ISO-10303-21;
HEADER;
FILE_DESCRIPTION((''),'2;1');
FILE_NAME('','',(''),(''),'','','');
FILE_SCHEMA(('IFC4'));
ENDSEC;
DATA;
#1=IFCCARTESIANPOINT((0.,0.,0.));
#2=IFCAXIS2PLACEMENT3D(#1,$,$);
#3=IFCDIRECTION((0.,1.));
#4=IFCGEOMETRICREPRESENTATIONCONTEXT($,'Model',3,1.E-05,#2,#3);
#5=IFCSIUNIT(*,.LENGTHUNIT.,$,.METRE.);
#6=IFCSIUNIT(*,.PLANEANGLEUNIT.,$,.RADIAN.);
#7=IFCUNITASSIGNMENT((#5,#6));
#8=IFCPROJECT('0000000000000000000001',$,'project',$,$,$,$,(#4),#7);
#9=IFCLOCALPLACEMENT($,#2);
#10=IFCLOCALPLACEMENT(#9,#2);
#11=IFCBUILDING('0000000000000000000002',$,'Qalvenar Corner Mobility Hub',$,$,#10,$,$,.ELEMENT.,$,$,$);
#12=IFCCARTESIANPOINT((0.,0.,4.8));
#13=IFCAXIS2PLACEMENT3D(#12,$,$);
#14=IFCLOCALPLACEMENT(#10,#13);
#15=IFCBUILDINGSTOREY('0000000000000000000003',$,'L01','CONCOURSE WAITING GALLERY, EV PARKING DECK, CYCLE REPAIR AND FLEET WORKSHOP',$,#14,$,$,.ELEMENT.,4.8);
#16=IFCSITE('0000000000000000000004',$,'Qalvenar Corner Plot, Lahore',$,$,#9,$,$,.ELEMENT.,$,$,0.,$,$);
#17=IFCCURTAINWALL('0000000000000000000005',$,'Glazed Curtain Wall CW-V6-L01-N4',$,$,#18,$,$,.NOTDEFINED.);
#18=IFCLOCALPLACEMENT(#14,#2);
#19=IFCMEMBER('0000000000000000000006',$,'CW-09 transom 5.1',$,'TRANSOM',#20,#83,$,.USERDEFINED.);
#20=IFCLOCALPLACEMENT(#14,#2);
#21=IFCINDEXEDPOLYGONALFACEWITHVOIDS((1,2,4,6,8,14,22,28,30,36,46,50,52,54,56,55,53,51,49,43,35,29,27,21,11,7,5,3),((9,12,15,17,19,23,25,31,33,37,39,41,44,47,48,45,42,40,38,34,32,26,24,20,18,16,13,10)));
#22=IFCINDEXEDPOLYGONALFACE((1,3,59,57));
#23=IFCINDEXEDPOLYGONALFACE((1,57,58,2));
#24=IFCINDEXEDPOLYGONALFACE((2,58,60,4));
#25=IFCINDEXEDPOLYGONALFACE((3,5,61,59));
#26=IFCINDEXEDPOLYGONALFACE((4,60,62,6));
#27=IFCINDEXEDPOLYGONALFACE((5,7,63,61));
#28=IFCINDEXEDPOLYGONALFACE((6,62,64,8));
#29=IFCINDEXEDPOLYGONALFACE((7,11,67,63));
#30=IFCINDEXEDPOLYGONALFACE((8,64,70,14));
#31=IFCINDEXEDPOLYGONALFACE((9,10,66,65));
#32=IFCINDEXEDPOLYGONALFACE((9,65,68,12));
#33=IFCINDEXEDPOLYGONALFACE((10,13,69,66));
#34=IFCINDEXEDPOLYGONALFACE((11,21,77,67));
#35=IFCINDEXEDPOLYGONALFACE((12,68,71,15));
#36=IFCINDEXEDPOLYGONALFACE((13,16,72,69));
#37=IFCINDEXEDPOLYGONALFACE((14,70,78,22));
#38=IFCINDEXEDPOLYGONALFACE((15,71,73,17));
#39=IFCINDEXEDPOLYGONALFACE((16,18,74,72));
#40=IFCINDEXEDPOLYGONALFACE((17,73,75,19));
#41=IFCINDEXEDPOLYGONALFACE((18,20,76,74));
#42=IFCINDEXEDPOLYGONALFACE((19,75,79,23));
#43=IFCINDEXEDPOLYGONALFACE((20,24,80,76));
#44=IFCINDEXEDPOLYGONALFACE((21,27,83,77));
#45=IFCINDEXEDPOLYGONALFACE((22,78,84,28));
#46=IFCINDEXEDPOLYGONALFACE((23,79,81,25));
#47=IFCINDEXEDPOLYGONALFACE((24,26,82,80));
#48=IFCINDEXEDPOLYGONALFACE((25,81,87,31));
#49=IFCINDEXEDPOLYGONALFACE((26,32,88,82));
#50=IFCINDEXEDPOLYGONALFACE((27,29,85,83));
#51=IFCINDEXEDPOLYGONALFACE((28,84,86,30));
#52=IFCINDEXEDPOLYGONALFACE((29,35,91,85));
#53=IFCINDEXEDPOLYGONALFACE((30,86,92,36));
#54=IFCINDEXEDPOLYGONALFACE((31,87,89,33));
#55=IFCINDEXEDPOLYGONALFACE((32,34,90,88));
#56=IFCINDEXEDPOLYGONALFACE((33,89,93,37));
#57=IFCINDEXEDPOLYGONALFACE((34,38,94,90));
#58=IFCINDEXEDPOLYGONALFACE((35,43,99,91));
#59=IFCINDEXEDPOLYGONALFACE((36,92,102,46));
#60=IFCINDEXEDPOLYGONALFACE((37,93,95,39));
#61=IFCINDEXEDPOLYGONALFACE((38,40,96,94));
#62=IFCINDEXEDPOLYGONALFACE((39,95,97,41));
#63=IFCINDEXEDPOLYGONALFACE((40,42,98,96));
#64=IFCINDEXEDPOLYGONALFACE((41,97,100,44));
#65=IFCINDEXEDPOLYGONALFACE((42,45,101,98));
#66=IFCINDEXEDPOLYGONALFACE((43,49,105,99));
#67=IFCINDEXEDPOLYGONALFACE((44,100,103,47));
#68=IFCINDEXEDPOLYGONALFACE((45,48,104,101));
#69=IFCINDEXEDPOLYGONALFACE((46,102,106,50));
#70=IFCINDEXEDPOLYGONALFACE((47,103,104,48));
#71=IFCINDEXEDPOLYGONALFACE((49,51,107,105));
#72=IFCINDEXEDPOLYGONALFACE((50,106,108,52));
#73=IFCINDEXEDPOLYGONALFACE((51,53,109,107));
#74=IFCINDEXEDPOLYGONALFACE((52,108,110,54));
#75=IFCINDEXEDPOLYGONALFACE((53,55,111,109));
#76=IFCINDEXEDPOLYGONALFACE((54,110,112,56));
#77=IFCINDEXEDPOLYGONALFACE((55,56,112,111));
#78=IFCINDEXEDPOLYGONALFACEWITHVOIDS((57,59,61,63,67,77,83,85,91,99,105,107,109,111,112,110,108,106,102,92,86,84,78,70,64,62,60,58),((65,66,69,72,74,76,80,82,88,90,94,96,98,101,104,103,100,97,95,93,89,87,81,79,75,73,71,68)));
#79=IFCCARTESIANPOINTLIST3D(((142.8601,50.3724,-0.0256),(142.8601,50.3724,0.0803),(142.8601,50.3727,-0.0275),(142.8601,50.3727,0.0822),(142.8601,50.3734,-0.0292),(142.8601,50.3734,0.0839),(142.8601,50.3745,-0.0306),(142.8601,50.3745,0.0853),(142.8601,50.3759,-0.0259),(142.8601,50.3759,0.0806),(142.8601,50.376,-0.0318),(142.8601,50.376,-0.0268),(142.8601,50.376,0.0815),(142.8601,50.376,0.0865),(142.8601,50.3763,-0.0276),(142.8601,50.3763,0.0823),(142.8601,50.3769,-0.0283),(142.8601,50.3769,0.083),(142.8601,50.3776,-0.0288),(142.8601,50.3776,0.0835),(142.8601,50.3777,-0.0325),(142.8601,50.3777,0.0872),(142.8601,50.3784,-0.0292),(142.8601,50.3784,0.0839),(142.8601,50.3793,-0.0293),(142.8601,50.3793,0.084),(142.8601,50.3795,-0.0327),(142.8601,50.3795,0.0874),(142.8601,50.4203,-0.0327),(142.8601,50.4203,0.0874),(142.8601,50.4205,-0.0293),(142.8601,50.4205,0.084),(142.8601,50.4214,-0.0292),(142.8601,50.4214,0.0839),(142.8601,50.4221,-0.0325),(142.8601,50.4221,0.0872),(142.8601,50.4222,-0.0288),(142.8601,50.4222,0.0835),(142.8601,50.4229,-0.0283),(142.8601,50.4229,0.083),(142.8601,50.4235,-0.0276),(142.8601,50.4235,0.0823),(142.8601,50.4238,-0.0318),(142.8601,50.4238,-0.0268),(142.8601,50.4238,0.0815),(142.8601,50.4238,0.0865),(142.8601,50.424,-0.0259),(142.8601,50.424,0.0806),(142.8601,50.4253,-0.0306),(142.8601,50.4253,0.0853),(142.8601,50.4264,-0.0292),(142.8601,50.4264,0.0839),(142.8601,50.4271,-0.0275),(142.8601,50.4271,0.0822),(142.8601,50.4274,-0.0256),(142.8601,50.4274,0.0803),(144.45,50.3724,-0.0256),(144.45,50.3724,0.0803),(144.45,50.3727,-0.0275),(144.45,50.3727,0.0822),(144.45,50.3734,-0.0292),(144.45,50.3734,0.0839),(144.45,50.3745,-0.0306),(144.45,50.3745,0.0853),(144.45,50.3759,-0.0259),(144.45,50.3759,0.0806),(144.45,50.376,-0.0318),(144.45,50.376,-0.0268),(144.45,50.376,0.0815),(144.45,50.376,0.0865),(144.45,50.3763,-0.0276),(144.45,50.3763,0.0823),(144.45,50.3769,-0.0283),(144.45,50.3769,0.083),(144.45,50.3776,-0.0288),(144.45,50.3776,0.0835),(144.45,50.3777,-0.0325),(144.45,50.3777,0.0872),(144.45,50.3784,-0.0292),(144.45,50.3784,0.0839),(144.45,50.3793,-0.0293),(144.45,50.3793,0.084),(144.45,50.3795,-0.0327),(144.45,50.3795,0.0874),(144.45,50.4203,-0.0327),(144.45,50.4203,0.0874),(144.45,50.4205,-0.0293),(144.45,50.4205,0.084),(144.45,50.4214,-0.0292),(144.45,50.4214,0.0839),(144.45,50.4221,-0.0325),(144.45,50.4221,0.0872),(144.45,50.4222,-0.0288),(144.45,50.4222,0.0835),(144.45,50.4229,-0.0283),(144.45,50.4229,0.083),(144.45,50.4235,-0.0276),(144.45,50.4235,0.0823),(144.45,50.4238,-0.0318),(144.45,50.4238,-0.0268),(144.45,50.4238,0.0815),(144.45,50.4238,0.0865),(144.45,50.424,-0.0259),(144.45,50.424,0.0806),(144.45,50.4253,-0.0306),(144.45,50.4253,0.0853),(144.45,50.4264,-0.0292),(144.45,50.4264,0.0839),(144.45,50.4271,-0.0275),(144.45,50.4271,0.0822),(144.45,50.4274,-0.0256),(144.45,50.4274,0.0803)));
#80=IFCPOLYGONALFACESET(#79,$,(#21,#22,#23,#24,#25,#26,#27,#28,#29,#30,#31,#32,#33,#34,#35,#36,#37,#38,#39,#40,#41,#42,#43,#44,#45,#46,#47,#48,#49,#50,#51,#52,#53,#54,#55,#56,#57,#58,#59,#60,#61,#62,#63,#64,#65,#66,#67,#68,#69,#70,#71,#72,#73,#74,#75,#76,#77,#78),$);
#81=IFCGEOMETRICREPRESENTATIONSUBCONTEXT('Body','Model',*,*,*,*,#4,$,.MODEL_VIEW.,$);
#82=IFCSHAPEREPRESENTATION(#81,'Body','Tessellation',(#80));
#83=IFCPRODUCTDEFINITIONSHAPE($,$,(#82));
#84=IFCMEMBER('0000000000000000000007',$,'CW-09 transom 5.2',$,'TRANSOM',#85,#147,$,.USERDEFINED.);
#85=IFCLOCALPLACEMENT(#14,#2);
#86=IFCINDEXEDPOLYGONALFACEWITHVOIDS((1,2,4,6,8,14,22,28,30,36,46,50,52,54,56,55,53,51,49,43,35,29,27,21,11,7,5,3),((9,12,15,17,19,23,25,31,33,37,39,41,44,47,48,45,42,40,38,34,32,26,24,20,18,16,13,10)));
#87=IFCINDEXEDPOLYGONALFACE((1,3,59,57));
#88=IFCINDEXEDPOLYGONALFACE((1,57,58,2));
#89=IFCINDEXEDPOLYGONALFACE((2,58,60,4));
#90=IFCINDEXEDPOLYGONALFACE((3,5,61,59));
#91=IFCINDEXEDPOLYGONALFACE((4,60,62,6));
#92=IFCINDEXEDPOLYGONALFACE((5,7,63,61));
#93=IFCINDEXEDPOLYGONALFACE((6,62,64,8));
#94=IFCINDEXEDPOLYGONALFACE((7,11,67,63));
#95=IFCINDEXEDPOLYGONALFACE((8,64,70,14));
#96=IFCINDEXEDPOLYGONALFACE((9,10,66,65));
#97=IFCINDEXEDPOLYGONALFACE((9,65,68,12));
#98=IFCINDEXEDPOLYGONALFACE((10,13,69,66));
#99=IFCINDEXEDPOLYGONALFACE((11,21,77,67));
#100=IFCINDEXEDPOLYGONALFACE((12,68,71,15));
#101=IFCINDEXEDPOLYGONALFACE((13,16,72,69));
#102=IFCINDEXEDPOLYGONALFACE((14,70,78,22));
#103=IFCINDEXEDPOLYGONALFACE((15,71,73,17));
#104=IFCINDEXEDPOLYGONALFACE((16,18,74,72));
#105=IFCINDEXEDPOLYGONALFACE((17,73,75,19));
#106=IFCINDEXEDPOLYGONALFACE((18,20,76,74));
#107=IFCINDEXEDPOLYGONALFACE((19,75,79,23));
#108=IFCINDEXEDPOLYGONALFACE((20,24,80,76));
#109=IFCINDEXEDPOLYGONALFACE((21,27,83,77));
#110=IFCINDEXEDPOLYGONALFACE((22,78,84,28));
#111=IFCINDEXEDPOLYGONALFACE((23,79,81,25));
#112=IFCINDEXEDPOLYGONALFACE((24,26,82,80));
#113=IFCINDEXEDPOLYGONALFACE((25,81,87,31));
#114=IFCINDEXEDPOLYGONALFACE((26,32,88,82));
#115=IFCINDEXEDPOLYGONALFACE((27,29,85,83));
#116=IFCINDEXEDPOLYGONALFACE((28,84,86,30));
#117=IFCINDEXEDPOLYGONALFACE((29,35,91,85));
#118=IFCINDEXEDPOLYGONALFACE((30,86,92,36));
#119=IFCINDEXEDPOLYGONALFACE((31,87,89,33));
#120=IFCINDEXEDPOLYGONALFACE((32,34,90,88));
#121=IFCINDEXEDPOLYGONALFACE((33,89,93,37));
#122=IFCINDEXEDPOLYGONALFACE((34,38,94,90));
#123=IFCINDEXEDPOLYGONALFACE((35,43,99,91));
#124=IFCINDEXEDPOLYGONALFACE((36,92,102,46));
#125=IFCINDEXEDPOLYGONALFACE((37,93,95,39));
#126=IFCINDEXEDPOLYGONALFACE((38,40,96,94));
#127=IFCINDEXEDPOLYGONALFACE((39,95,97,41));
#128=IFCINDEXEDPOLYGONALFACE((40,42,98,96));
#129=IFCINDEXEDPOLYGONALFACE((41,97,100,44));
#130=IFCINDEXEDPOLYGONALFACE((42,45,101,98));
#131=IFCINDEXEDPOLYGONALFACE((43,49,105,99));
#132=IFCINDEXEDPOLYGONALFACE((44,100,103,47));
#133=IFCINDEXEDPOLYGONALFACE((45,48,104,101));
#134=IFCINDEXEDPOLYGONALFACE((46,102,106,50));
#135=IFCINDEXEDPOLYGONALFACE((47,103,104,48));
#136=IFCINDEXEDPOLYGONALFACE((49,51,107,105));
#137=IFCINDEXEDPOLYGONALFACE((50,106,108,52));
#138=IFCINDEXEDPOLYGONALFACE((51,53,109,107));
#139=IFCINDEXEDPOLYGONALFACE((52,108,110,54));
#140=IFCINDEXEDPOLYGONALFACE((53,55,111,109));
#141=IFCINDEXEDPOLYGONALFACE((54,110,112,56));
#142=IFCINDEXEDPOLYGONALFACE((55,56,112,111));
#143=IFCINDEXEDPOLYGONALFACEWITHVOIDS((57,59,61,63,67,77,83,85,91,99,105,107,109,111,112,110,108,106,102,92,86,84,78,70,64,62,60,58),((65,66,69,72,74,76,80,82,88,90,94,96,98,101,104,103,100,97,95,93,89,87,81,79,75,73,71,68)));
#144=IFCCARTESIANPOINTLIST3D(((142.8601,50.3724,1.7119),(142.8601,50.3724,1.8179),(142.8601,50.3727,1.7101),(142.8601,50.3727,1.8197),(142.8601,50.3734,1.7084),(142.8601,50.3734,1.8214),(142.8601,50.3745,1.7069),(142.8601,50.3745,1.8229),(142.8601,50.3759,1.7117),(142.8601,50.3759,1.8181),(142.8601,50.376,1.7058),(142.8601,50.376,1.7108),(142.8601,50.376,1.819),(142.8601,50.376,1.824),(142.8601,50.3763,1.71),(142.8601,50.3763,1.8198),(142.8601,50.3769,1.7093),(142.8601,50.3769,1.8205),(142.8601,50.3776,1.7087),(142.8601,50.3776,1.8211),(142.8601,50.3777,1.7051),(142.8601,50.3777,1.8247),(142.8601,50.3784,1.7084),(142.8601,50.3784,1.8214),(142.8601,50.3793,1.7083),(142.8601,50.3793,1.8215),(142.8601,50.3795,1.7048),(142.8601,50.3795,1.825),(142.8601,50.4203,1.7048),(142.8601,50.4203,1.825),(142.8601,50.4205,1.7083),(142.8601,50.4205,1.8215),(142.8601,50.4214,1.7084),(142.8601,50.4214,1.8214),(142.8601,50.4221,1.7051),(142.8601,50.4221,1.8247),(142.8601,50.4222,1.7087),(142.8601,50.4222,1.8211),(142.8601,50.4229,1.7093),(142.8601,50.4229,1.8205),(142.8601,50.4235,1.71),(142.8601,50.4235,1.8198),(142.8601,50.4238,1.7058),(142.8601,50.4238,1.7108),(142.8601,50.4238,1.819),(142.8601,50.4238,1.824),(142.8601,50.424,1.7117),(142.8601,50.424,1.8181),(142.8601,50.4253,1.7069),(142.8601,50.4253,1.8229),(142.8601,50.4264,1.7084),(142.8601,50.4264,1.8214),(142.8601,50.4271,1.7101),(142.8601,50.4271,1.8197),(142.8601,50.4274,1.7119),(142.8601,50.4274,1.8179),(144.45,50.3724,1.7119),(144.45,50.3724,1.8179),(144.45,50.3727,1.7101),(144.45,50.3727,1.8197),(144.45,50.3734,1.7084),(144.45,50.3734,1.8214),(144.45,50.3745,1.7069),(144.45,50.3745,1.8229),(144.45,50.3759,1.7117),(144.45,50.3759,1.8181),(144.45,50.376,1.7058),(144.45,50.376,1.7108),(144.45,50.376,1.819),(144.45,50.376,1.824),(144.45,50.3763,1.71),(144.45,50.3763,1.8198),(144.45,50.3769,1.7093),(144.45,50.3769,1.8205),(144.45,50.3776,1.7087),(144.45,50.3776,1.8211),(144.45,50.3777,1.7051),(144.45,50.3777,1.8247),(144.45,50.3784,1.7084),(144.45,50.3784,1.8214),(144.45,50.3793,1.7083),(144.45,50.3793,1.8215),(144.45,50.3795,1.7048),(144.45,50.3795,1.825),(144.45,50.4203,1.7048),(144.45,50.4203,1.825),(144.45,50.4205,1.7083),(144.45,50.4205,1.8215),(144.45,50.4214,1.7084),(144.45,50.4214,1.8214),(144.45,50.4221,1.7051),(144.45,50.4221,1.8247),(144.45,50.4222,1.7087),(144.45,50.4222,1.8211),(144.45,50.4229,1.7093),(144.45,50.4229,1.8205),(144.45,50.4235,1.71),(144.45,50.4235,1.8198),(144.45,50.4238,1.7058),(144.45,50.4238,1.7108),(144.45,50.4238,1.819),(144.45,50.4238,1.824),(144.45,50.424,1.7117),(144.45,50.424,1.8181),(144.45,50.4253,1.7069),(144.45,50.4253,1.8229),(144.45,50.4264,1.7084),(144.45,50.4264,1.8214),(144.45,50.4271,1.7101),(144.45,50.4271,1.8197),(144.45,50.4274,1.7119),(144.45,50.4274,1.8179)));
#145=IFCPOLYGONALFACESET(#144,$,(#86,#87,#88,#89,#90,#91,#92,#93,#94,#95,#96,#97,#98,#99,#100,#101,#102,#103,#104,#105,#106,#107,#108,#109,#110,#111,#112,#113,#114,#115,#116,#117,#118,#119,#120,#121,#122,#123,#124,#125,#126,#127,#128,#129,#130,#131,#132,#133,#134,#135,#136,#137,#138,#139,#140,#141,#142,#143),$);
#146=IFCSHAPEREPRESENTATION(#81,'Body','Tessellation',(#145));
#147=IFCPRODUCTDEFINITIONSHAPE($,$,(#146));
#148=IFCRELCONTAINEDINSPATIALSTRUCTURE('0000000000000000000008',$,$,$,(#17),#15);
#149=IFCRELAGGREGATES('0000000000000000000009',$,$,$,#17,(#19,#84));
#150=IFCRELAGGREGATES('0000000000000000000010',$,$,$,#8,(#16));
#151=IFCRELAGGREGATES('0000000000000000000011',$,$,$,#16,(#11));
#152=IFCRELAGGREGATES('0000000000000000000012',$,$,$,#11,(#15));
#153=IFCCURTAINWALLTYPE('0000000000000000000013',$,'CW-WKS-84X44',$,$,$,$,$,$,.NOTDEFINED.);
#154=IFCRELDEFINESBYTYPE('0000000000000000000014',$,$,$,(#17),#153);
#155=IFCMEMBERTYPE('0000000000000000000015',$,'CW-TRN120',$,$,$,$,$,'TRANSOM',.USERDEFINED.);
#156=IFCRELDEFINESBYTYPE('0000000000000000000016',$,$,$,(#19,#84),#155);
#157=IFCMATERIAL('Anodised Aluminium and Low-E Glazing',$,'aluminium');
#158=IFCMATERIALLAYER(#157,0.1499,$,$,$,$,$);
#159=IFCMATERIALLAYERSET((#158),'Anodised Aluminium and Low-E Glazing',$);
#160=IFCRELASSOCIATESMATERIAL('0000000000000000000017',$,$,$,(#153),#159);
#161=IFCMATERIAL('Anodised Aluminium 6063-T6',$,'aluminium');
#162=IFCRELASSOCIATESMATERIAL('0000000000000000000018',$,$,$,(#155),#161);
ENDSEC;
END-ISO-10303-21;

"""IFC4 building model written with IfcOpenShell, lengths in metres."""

from ifc_helpers import new_model, si_unit, direction, frame, origin, origin_2d, place, context, subcontext, project, spatial, hollow_rectangle, extrude, material, layer, layer_set, material_profile, profile_set, type_object, element, aggregate, save


model = new_model("IFC4")

# Units and contexts
model_context = context("Model", 3, precision=1e-05, world=origin(), true_north=direction((0.0, 1.0)))
body_context = subcontext(model_context, "Body", "Model", "MODEL_VIEW")
ifc_project = project(units=[si_unit("LENGTHUNIT", "METRE"), si_unit("PLANEANGLEUNIT", "RADIAN")], contexts=[model_context])

# Site, building, storey
site_placement = place(None, origin())
site = spatial("IfcSite", under=ifc_project, at=site_placement, Name="Qalvenar Corner Plot, Lahore", CompositionType="ELEMENT", RefElevation=0.0)
building_placement = place(site_placement, origin())
building = spatial("IfcBuilding", under=site, at=building_placement, Name="Qalvenar Corner Mobility Hub", CompositionType="ELEMENT")
storey_placement = place(building_placement, frame((0.0, 0.0, 4.8)))
storey = spatial("IfcBuildingStorey", under=building, at=storey_placement, Name="L01", Description="CONCOURSE WAITING GALLERY, EV PARKING DECK, CYCLE REPAIR AND FLEET WORKSHOP", CompositionType="ELEMENT", Elevation=4.8)

# Curtain wall, members
ifc_material_1 = material(Name="Anodised Aluminium and Low-E Glazing", Category="aluminium")
ifc_layer_1 = layer(ifc_material_1, 0.1499)
ifc_layer_set_1 = layer_set([ifc_layer_1], Name="Anodised Aluminium and Low-E Glazing")
curtain_wall_type = type_object("IfcCurtainWallType", Name="CW-WKS-84X44", PredefinedType="NOTDEFINED", material=ifc_layer_set_1)
curtain_wall_placement = place(storey_placement, origin())
curtain_wall = element("IfcCurtainWall", 1, at=curtain_wall_placement, inside=storey, type_object=curtain_wall_type, Name="Glazed Curtain Wall CW-V6-L01-N4", PredefinedType="NOTDEFINED")
ifc_material_2 = material(Name="Anodised Aluminium 6063-T6", Category="aluminium")
ifc_material_profile_1 = material_profile(ifc_material_2, hollow_rectangle(XDim=0.0549, YDim=0.1201, WallThickness=0.0034, InnerFilletRadius=0.0034, OuterFilletRadius=0.0071, at=origin_2d()), Name="RHS120x55x3.5")
ifc_profile_set_1 = profile_set([ifc_material_profile_1], Name="Anodised Aluminium 6063-T6")
member_type_1 = type_object("IfcMemberType", Name="CW-TRN120", ElementType="TRANSOM", PredefinedType="USERDEFINED", material=ifc_profile_set_1)
member_1_placement = place(storey_placement, frame((144.45, 50.3999, 0.0273), z_axis=(-1.0, 0.0, 0.0), x_axis=(0.0, -1.0, 0.0)))
member_1 = element("IfcMember", 2, at=member_1_placement, type_object=member_type_1, Name="CW-09 transom 5.1", ObjectType="TRANSOM", PredefinedType="USERDEFINED", context=body_context, shape_type="SweptSolid", body=[
    extrude(hollow_rectangle(XDim=0.0549, YDim=0.1201, WallThickness=0.0034, InnerFilletRadius=0.0034, OuterFilletRadius=0.0071, at=origin_2d()), origin(), (0.0, 0.0, 1.0), 1.5898),
])
member_2_placement = place(storey_placement, frame((144.45, 50.3999, 1.7649), z_axis=(-1.0, 0.0, 0.0), x_axis=(0.0, -1.0, 0.0)))
member_2 = element("IfcMember", 3, at=member_2_placement, type_object=member_type_1, Name="CW-09 transom 5.2", ObjectType="TRANSOM", PredefinedType="USERDEFINED", context=body_context, shape_type="SweptSolid", body=[
    extrude(hollow_rectangle(XDim=0.0549, YDim=0.1201, WallThickness=0.0034, InnerFilletRadius=0.0034, OuterFilletRadius=0.0071, at=origin_2d()), origin(), (0.0, 0.0, 1.0), 1.5898),
])
aggregate(curtain_wall, [member_1, member_2])

save(model, "model.ifc")
